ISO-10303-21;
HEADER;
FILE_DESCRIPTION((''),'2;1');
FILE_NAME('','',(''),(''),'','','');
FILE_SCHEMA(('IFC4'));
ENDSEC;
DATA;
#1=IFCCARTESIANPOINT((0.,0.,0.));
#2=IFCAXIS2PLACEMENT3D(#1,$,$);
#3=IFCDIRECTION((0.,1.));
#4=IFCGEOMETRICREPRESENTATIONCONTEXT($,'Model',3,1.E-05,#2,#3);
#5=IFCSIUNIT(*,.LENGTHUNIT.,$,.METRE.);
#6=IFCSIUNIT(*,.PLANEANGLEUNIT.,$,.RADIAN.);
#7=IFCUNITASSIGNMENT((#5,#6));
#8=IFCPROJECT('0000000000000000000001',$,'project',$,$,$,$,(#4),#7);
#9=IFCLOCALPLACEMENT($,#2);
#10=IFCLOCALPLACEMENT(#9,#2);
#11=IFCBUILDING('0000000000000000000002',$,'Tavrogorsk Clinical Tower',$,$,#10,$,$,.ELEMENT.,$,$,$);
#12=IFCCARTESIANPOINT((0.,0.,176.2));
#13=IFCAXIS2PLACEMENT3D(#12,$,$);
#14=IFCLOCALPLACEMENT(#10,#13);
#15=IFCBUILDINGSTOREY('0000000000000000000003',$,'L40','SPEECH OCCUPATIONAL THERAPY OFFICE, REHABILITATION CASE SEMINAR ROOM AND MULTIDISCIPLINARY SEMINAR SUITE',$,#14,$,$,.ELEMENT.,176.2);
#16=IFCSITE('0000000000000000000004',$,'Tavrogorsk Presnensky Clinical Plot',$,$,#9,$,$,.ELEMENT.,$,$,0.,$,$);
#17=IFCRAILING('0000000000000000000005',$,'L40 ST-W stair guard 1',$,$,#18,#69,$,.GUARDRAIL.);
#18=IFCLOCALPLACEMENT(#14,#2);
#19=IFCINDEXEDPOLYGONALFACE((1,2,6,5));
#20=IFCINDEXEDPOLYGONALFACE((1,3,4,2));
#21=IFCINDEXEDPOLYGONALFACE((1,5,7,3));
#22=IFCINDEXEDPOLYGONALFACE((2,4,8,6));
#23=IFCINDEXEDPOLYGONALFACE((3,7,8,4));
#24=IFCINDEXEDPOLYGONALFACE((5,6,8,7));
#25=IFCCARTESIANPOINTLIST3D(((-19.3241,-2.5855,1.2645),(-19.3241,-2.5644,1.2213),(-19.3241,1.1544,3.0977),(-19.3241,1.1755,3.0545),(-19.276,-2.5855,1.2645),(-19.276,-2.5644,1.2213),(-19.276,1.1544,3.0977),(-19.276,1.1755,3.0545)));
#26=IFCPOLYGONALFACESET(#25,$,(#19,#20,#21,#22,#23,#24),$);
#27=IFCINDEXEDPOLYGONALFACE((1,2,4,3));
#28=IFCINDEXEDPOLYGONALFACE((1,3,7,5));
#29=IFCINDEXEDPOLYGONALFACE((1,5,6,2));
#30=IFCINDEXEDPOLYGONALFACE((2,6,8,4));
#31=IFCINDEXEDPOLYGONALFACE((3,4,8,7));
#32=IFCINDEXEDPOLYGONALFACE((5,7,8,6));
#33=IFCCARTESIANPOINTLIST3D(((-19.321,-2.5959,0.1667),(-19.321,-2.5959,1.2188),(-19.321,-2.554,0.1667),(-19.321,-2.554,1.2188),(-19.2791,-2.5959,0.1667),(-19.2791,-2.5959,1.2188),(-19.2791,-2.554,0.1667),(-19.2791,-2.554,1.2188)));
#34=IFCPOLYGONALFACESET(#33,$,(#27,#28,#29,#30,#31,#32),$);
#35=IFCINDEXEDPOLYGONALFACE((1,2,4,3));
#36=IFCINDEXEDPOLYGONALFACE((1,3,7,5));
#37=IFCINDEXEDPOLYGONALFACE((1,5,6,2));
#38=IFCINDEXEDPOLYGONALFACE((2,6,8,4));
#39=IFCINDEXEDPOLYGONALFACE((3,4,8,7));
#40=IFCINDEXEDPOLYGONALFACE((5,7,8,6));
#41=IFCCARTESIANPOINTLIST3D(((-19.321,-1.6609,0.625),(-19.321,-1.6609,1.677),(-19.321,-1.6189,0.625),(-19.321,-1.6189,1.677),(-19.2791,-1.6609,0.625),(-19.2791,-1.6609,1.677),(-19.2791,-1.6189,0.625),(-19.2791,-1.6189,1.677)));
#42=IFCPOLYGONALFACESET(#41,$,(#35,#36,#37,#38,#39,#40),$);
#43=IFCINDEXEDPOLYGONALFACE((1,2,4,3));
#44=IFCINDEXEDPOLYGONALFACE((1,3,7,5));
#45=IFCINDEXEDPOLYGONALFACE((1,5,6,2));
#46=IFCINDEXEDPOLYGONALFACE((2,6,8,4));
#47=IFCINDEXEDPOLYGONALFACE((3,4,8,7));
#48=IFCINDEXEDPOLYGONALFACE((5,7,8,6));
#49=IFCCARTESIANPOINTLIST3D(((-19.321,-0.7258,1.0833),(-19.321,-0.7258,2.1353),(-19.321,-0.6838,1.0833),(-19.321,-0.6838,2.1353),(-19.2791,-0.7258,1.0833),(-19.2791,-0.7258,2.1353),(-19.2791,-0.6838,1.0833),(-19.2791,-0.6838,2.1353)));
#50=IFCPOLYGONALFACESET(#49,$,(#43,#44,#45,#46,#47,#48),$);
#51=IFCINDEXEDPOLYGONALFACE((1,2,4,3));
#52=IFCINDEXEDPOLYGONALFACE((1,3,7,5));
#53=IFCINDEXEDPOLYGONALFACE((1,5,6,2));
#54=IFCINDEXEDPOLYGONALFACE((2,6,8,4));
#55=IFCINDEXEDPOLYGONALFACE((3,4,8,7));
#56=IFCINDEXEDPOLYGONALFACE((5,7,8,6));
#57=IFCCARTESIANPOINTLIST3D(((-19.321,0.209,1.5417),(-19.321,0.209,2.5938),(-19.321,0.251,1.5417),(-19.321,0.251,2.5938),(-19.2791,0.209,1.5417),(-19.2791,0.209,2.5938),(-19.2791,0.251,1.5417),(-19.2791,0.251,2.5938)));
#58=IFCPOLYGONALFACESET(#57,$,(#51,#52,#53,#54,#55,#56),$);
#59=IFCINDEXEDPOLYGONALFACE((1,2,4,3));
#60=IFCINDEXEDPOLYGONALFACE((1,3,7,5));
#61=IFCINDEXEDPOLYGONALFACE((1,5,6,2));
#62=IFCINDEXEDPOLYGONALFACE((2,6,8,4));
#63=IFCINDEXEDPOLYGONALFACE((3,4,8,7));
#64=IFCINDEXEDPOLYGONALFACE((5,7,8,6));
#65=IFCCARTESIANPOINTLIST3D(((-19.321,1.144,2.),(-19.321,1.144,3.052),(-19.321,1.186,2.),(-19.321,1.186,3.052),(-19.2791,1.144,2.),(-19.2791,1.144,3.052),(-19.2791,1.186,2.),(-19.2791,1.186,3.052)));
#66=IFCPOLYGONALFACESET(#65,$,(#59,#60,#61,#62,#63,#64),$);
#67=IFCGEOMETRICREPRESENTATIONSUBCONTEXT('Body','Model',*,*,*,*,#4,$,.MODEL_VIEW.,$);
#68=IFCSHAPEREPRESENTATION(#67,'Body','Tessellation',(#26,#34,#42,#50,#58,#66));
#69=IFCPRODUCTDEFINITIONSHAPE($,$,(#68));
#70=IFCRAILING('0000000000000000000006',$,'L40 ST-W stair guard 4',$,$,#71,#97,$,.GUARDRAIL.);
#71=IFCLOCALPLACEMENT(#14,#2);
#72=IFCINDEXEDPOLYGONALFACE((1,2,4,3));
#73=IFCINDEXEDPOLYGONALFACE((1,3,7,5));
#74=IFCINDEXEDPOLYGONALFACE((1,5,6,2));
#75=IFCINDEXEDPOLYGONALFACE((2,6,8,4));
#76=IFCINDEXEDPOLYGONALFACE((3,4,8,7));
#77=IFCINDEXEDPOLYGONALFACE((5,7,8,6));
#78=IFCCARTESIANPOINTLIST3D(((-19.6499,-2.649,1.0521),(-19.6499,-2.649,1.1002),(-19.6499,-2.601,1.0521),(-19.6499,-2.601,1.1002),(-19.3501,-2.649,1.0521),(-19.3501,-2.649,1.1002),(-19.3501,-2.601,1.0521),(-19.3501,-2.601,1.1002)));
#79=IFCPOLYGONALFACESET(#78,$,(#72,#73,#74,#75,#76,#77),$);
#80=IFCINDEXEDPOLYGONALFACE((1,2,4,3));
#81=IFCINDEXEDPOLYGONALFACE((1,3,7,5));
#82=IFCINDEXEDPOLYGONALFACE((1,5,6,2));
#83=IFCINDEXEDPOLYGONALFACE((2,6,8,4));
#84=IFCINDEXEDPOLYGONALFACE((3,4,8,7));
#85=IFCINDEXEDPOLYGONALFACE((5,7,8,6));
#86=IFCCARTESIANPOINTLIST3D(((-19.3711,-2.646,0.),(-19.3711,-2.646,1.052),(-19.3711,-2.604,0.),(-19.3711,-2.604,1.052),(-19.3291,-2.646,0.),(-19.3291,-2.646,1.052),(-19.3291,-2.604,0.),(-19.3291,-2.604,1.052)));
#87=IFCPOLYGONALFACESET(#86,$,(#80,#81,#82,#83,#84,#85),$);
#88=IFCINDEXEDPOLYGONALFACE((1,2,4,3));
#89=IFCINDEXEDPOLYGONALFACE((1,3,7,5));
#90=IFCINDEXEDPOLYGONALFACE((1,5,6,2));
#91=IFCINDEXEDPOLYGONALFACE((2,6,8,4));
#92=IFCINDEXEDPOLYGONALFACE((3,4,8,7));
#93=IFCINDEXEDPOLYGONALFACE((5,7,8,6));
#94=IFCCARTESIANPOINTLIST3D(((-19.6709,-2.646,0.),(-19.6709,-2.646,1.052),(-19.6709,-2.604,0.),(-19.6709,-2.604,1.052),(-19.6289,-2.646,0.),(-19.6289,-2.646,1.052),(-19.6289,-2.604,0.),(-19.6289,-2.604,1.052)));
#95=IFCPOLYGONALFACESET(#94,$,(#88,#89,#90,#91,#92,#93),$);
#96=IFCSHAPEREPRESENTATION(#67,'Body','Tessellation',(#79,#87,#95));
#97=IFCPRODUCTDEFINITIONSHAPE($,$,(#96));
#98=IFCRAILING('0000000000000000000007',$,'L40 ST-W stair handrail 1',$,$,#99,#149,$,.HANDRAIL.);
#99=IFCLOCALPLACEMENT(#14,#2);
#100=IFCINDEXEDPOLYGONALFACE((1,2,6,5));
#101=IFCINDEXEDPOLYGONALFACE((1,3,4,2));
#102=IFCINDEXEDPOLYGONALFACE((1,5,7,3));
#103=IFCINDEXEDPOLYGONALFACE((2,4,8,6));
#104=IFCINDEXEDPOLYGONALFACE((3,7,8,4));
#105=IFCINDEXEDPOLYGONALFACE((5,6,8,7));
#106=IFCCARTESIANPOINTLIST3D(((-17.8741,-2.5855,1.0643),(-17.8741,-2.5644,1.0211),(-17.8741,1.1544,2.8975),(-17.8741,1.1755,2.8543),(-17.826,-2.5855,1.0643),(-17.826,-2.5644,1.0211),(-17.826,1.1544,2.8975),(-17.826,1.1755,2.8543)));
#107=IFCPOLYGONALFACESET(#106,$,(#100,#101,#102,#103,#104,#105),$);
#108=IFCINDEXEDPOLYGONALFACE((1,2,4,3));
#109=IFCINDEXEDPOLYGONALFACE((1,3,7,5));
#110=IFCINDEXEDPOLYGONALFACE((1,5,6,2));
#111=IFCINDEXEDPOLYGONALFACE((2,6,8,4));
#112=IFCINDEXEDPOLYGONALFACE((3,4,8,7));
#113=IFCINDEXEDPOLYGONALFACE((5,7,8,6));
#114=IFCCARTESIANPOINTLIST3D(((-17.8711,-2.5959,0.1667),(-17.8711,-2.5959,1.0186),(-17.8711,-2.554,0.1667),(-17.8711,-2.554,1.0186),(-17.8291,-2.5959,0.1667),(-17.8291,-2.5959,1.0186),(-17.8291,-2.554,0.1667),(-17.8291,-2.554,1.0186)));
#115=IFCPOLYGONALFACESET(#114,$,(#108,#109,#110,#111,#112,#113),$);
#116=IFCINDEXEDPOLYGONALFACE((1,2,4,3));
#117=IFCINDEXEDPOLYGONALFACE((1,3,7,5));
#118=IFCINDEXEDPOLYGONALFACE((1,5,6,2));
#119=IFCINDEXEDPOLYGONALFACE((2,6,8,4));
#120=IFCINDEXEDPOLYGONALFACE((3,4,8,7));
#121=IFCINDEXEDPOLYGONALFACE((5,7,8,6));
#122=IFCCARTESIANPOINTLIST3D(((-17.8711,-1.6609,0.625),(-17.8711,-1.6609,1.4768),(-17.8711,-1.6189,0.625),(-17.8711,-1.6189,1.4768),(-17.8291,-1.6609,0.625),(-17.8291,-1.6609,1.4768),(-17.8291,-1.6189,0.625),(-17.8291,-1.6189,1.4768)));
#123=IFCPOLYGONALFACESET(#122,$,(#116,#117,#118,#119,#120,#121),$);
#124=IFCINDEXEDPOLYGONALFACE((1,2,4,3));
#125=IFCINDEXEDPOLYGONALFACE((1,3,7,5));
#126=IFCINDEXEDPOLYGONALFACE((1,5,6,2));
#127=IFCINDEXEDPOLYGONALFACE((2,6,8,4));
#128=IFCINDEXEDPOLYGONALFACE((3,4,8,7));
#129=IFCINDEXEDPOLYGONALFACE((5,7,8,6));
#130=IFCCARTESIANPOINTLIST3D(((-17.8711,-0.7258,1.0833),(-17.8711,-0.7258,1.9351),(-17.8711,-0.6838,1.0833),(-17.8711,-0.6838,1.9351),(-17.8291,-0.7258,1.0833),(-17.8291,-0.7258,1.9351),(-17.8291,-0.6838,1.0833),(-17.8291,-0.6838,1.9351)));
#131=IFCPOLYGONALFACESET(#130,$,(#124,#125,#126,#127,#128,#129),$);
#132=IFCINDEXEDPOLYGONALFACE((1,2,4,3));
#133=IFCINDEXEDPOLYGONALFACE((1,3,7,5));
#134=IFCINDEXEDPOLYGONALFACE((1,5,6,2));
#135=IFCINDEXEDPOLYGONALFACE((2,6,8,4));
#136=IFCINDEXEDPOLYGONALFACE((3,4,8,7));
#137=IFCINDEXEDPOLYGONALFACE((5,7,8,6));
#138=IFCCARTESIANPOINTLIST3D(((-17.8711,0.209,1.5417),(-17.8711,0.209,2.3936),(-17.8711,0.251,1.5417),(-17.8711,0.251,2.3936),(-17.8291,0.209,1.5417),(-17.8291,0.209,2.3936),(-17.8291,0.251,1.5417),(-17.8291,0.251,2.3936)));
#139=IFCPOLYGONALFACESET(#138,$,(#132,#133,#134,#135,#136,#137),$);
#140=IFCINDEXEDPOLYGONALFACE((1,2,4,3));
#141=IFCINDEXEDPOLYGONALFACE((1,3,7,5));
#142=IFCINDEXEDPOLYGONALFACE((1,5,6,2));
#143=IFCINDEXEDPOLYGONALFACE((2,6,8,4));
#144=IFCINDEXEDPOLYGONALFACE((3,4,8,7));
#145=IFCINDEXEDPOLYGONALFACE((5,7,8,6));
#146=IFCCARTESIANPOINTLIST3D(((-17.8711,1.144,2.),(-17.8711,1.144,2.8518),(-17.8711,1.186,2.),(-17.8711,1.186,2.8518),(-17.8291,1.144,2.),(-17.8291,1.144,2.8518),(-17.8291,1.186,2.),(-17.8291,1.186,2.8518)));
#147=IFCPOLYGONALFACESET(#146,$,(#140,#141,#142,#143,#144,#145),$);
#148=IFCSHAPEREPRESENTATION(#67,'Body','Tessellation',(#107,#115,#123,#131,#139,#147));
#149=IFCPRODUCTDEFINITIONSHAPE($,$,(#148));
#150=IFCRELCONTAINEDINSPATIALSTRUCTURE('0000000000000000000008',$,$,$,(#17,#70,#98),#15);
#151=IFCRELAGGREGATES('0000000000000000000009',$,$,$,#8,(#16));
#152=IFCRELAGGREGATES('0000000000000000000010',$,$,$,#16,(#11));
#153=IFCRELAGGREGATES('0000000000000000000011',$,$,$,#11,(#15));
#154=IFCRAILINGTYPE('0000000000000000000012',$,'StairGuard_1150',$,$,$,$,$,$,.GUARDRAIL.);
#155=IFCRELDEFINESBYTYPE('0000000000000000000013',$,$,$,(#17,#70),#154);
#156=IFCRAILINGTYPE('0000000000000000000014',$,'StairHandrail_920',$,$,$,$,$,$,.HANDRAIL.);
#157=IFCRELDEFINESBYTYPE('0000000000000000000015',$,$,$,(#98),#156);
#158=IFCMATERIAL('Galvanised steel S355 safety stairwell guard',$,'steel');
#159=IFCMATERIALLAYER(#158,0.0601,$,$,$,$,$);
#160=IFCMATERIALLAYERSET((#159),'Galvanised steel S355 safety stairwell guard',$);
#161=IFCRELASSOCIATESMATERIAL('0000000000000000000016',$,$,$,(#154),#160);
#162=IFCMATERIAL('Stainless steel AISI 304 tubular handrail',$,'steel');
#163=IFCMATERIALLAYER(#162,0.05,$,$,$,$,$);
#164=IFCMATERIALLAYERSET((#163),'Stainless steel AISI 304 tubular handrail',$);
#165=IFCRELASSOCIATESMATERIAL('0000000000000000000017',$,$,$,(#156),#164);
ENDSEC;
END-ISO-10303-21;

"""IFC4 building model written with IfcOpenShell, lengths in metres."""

from ifc_helpers import new_model, si_unit, direction, frame, origin, origin_2d, place, context, subcontext, project, spatial, rectangle, extrude, material, layer, layer_set, type_object, element, save


model = new_model("IFC4")

# Units and contexts
model_context = context("Model", 3, precision=1e-05, world=origin(), true_north=direction((0.0, 1.0)))
body_context = subcontext(model_context, "Body", "Model", "MODEL_VIEW")
ifc_project = project(units=[si_unit("LENGTHUNIT", "METRE"), si_unit("PLANEANGLEUNIT", "RADIAN")], contexts=[model_context])

# Site, building, storey
site_placement = place(None, origin())
site = spatial("IfcSite", under=ifc_project, at=site_placement, Name="Tavrogorsk Presnensky Clinical Plot", CompositionType="ELEMENT", RefElevation=0.0)
building_placement = place(site_placement, origin())
building = spatial("IfcBuilding", under=site, at=building_placement, Name="Tavrogorsk Clinical Tower", CompositionType="ELEMENT")
storey_placement = place(building_placement, frame((0.0, 0.0, 176.2)))
storey = spatial("IfcBuildingStorey", under=building, at=storey_placement, Name="L40", Description="SPEECH OCCUPATIONAL THERAPY OFFICE, REHABILITATION CASE SEMINAR ROOM AND MULTIDISCIPLINARY SEMINAR SUITE", CompositionType="ELEMENT", Elevation=176.2)

# Railings
ifc_material_1 = material(Name="Galvanised steel S355 safety stairwell guard", Category="steel")
ifc_layer_1 = layer(ifc_material_1, 0.0601)
ifc_layer_set_1 = layer_set([ifc_layer_1], Name="Galvanised steel S355 safety stairwell guard")
railing_type_1 = type_object("IfcRailingType", Name="StairGuard_1150", PredefinedType="GUARDRAIL", material=ifc_layer_set_1)
railing_1_placement = place(storey_placement, frame((-19.3, -2.575, 0.1667)))
element("IfcRailing", 1, at=railing_1_placement, inside=storey, type_object=railing_type_1, Name="L40 ST-W stair guard 1", PredefinedType="GUARDRAIL", context=body_context, shape_type="SweptSolid", body=[
    extrude(rectangle(XDim=0.0481, YDim=0.0481, at=origin_2d()), frame((0.0, 0.0, 1.0762), z_axis=(0.0, 0.897928, 0.440142), x_axis=(-1.0, 0.0, 0.0)), (0.0, 0.0, 1.0), 4.165),
    extrude(rectangle(XDim=0.042, YDim=0.042, at=origin_2d()), origin(), (0.0, 0.0, 1.0), 1.052),
    extrude(rectangle(XDim=0.042, YDim=0.042, at=origin_2d()), frame((0.0, 0.9351, 0.4583)), (0.0, 0.0, 1.0), 1.052),
    extrude(rectangle(XDim=0.042, YDim=0.042, at=origin_2d()), frame((0.0, 1.8701, 0.9165)), (0.0, 0.0, 1.0), 1.052),
    extrude(rectangle(XDim=0.042, YDim=0.042, at=origin_2d()), frame((0.0, 2.8049, 1.375)), (0.0, 0.0, 1.0), 1.052),
    extrude(rectangle(XDim=0.042, YDim=0.042, at=origin_2d()), frame((0.0, 3.74, 1.8333)), (0.0, 0.0, 1.0), 1.052),
])
railing_2_placement = place(storey_placement, frame((-19.3501, -2.625, 0.0)))
element("IfcRailing", 2, at=railing_2_placement, inside=storey, type_object=railing_type_1, Name="L40 ST-W stair guard 4", PredefinedType="GUARDRAIL", context=body_context, shape_type="SweptSolid", body=[
    extrude(rectangle(XDim=0.0481, YDim=0.0481, at=origin_2d()), frame((0.0, 0.0, 1.0762), z_axis=(-1.0, 0.0, 0.0), x_axis=(0.0, -1.0, 0.0)), (0.0, 0.0, 1.0), 0.2998),
    extrude(rectangle(XDim=0.042, YDim=0.042, at=origin_2d()), origin(), (0.0, 0.0, 1.0), 1.052),
    extrude(rectangle(XDim=0.042, YDim=0.042, at=origin_2d()), frame((-0.2998, 0.0, 0.0)), (0.0, 0.0, 1.0), 1.052),
])
ifc_material_2 = material(Name="Stainless steel AISI 304 tubular handrail", Category="steel")
ifc_layer_2 = layer(ifc_material_2, 0.05)
ifc_layer_set_2 = layer_set([ifc_layer_2], Name="Stainless steel AISI 304 tubular handrail")
railing_type_2 = type_object("IfcRailingType", Name="StairHandrail_920", PredefinedType="HANDRAIL", material=ifc_layer_set_2)
railing_3_placement = place(storey_placement, frame((-17.8501, -2.575, 0.1667)))
element("IfcRailing", 3, at=railing_3_placement, inside=storey, type_object=railing_type_2, Name="L40 ST-W stair handrail 1", PredefinedType="HANDRAIL", context=body_context, shape_type="SweptSolid", body=[
    extrude(rectangle(XDim=0.0481, YDim=0.0481, at=origin_2d()), frame((0.0, 0.0, 0.876), z_axis=(0.0, 0.897928, 0.440142), x_axis=(-1.0, 0.0, 0.0)), (0.0, 0.0, 1.0), 4.165),
    extrude(rectangle(XDim=0.042, YDim=0.042, at=origin_2d()), origin(), (0.0, 0.0, 1.0), 0.8518),
    extrude(rectangle(XDim=0.042, YDim=0.042, at=origin_2d()), frame((0.0, 0.9351, 0.4583)), (0.0, 0.0, 1.0), 0.8518),
    extrude(rectangle(XDim=0.042, YDim=0.042, at=origin_2d()), frame((0.0, 1.8701, 0.9165)), (0.0, 0.0, 1.0), 0.8518),
    extrude(rectangle(XDim=0.042, YDim=0.042, at=origin_2d()), frame((0.0, 2.8049, 1.375)), (0.0, 0.0, 1.0), 0.8518),
    extrude(rectangle(XDim=0.042, YDim=0.042, at=origin_2d()), frame((0.0, 3.74, 1.8333)), (0.0, 0.0, 1.0), 0.8518),
])

save(model, "model.ifc")
